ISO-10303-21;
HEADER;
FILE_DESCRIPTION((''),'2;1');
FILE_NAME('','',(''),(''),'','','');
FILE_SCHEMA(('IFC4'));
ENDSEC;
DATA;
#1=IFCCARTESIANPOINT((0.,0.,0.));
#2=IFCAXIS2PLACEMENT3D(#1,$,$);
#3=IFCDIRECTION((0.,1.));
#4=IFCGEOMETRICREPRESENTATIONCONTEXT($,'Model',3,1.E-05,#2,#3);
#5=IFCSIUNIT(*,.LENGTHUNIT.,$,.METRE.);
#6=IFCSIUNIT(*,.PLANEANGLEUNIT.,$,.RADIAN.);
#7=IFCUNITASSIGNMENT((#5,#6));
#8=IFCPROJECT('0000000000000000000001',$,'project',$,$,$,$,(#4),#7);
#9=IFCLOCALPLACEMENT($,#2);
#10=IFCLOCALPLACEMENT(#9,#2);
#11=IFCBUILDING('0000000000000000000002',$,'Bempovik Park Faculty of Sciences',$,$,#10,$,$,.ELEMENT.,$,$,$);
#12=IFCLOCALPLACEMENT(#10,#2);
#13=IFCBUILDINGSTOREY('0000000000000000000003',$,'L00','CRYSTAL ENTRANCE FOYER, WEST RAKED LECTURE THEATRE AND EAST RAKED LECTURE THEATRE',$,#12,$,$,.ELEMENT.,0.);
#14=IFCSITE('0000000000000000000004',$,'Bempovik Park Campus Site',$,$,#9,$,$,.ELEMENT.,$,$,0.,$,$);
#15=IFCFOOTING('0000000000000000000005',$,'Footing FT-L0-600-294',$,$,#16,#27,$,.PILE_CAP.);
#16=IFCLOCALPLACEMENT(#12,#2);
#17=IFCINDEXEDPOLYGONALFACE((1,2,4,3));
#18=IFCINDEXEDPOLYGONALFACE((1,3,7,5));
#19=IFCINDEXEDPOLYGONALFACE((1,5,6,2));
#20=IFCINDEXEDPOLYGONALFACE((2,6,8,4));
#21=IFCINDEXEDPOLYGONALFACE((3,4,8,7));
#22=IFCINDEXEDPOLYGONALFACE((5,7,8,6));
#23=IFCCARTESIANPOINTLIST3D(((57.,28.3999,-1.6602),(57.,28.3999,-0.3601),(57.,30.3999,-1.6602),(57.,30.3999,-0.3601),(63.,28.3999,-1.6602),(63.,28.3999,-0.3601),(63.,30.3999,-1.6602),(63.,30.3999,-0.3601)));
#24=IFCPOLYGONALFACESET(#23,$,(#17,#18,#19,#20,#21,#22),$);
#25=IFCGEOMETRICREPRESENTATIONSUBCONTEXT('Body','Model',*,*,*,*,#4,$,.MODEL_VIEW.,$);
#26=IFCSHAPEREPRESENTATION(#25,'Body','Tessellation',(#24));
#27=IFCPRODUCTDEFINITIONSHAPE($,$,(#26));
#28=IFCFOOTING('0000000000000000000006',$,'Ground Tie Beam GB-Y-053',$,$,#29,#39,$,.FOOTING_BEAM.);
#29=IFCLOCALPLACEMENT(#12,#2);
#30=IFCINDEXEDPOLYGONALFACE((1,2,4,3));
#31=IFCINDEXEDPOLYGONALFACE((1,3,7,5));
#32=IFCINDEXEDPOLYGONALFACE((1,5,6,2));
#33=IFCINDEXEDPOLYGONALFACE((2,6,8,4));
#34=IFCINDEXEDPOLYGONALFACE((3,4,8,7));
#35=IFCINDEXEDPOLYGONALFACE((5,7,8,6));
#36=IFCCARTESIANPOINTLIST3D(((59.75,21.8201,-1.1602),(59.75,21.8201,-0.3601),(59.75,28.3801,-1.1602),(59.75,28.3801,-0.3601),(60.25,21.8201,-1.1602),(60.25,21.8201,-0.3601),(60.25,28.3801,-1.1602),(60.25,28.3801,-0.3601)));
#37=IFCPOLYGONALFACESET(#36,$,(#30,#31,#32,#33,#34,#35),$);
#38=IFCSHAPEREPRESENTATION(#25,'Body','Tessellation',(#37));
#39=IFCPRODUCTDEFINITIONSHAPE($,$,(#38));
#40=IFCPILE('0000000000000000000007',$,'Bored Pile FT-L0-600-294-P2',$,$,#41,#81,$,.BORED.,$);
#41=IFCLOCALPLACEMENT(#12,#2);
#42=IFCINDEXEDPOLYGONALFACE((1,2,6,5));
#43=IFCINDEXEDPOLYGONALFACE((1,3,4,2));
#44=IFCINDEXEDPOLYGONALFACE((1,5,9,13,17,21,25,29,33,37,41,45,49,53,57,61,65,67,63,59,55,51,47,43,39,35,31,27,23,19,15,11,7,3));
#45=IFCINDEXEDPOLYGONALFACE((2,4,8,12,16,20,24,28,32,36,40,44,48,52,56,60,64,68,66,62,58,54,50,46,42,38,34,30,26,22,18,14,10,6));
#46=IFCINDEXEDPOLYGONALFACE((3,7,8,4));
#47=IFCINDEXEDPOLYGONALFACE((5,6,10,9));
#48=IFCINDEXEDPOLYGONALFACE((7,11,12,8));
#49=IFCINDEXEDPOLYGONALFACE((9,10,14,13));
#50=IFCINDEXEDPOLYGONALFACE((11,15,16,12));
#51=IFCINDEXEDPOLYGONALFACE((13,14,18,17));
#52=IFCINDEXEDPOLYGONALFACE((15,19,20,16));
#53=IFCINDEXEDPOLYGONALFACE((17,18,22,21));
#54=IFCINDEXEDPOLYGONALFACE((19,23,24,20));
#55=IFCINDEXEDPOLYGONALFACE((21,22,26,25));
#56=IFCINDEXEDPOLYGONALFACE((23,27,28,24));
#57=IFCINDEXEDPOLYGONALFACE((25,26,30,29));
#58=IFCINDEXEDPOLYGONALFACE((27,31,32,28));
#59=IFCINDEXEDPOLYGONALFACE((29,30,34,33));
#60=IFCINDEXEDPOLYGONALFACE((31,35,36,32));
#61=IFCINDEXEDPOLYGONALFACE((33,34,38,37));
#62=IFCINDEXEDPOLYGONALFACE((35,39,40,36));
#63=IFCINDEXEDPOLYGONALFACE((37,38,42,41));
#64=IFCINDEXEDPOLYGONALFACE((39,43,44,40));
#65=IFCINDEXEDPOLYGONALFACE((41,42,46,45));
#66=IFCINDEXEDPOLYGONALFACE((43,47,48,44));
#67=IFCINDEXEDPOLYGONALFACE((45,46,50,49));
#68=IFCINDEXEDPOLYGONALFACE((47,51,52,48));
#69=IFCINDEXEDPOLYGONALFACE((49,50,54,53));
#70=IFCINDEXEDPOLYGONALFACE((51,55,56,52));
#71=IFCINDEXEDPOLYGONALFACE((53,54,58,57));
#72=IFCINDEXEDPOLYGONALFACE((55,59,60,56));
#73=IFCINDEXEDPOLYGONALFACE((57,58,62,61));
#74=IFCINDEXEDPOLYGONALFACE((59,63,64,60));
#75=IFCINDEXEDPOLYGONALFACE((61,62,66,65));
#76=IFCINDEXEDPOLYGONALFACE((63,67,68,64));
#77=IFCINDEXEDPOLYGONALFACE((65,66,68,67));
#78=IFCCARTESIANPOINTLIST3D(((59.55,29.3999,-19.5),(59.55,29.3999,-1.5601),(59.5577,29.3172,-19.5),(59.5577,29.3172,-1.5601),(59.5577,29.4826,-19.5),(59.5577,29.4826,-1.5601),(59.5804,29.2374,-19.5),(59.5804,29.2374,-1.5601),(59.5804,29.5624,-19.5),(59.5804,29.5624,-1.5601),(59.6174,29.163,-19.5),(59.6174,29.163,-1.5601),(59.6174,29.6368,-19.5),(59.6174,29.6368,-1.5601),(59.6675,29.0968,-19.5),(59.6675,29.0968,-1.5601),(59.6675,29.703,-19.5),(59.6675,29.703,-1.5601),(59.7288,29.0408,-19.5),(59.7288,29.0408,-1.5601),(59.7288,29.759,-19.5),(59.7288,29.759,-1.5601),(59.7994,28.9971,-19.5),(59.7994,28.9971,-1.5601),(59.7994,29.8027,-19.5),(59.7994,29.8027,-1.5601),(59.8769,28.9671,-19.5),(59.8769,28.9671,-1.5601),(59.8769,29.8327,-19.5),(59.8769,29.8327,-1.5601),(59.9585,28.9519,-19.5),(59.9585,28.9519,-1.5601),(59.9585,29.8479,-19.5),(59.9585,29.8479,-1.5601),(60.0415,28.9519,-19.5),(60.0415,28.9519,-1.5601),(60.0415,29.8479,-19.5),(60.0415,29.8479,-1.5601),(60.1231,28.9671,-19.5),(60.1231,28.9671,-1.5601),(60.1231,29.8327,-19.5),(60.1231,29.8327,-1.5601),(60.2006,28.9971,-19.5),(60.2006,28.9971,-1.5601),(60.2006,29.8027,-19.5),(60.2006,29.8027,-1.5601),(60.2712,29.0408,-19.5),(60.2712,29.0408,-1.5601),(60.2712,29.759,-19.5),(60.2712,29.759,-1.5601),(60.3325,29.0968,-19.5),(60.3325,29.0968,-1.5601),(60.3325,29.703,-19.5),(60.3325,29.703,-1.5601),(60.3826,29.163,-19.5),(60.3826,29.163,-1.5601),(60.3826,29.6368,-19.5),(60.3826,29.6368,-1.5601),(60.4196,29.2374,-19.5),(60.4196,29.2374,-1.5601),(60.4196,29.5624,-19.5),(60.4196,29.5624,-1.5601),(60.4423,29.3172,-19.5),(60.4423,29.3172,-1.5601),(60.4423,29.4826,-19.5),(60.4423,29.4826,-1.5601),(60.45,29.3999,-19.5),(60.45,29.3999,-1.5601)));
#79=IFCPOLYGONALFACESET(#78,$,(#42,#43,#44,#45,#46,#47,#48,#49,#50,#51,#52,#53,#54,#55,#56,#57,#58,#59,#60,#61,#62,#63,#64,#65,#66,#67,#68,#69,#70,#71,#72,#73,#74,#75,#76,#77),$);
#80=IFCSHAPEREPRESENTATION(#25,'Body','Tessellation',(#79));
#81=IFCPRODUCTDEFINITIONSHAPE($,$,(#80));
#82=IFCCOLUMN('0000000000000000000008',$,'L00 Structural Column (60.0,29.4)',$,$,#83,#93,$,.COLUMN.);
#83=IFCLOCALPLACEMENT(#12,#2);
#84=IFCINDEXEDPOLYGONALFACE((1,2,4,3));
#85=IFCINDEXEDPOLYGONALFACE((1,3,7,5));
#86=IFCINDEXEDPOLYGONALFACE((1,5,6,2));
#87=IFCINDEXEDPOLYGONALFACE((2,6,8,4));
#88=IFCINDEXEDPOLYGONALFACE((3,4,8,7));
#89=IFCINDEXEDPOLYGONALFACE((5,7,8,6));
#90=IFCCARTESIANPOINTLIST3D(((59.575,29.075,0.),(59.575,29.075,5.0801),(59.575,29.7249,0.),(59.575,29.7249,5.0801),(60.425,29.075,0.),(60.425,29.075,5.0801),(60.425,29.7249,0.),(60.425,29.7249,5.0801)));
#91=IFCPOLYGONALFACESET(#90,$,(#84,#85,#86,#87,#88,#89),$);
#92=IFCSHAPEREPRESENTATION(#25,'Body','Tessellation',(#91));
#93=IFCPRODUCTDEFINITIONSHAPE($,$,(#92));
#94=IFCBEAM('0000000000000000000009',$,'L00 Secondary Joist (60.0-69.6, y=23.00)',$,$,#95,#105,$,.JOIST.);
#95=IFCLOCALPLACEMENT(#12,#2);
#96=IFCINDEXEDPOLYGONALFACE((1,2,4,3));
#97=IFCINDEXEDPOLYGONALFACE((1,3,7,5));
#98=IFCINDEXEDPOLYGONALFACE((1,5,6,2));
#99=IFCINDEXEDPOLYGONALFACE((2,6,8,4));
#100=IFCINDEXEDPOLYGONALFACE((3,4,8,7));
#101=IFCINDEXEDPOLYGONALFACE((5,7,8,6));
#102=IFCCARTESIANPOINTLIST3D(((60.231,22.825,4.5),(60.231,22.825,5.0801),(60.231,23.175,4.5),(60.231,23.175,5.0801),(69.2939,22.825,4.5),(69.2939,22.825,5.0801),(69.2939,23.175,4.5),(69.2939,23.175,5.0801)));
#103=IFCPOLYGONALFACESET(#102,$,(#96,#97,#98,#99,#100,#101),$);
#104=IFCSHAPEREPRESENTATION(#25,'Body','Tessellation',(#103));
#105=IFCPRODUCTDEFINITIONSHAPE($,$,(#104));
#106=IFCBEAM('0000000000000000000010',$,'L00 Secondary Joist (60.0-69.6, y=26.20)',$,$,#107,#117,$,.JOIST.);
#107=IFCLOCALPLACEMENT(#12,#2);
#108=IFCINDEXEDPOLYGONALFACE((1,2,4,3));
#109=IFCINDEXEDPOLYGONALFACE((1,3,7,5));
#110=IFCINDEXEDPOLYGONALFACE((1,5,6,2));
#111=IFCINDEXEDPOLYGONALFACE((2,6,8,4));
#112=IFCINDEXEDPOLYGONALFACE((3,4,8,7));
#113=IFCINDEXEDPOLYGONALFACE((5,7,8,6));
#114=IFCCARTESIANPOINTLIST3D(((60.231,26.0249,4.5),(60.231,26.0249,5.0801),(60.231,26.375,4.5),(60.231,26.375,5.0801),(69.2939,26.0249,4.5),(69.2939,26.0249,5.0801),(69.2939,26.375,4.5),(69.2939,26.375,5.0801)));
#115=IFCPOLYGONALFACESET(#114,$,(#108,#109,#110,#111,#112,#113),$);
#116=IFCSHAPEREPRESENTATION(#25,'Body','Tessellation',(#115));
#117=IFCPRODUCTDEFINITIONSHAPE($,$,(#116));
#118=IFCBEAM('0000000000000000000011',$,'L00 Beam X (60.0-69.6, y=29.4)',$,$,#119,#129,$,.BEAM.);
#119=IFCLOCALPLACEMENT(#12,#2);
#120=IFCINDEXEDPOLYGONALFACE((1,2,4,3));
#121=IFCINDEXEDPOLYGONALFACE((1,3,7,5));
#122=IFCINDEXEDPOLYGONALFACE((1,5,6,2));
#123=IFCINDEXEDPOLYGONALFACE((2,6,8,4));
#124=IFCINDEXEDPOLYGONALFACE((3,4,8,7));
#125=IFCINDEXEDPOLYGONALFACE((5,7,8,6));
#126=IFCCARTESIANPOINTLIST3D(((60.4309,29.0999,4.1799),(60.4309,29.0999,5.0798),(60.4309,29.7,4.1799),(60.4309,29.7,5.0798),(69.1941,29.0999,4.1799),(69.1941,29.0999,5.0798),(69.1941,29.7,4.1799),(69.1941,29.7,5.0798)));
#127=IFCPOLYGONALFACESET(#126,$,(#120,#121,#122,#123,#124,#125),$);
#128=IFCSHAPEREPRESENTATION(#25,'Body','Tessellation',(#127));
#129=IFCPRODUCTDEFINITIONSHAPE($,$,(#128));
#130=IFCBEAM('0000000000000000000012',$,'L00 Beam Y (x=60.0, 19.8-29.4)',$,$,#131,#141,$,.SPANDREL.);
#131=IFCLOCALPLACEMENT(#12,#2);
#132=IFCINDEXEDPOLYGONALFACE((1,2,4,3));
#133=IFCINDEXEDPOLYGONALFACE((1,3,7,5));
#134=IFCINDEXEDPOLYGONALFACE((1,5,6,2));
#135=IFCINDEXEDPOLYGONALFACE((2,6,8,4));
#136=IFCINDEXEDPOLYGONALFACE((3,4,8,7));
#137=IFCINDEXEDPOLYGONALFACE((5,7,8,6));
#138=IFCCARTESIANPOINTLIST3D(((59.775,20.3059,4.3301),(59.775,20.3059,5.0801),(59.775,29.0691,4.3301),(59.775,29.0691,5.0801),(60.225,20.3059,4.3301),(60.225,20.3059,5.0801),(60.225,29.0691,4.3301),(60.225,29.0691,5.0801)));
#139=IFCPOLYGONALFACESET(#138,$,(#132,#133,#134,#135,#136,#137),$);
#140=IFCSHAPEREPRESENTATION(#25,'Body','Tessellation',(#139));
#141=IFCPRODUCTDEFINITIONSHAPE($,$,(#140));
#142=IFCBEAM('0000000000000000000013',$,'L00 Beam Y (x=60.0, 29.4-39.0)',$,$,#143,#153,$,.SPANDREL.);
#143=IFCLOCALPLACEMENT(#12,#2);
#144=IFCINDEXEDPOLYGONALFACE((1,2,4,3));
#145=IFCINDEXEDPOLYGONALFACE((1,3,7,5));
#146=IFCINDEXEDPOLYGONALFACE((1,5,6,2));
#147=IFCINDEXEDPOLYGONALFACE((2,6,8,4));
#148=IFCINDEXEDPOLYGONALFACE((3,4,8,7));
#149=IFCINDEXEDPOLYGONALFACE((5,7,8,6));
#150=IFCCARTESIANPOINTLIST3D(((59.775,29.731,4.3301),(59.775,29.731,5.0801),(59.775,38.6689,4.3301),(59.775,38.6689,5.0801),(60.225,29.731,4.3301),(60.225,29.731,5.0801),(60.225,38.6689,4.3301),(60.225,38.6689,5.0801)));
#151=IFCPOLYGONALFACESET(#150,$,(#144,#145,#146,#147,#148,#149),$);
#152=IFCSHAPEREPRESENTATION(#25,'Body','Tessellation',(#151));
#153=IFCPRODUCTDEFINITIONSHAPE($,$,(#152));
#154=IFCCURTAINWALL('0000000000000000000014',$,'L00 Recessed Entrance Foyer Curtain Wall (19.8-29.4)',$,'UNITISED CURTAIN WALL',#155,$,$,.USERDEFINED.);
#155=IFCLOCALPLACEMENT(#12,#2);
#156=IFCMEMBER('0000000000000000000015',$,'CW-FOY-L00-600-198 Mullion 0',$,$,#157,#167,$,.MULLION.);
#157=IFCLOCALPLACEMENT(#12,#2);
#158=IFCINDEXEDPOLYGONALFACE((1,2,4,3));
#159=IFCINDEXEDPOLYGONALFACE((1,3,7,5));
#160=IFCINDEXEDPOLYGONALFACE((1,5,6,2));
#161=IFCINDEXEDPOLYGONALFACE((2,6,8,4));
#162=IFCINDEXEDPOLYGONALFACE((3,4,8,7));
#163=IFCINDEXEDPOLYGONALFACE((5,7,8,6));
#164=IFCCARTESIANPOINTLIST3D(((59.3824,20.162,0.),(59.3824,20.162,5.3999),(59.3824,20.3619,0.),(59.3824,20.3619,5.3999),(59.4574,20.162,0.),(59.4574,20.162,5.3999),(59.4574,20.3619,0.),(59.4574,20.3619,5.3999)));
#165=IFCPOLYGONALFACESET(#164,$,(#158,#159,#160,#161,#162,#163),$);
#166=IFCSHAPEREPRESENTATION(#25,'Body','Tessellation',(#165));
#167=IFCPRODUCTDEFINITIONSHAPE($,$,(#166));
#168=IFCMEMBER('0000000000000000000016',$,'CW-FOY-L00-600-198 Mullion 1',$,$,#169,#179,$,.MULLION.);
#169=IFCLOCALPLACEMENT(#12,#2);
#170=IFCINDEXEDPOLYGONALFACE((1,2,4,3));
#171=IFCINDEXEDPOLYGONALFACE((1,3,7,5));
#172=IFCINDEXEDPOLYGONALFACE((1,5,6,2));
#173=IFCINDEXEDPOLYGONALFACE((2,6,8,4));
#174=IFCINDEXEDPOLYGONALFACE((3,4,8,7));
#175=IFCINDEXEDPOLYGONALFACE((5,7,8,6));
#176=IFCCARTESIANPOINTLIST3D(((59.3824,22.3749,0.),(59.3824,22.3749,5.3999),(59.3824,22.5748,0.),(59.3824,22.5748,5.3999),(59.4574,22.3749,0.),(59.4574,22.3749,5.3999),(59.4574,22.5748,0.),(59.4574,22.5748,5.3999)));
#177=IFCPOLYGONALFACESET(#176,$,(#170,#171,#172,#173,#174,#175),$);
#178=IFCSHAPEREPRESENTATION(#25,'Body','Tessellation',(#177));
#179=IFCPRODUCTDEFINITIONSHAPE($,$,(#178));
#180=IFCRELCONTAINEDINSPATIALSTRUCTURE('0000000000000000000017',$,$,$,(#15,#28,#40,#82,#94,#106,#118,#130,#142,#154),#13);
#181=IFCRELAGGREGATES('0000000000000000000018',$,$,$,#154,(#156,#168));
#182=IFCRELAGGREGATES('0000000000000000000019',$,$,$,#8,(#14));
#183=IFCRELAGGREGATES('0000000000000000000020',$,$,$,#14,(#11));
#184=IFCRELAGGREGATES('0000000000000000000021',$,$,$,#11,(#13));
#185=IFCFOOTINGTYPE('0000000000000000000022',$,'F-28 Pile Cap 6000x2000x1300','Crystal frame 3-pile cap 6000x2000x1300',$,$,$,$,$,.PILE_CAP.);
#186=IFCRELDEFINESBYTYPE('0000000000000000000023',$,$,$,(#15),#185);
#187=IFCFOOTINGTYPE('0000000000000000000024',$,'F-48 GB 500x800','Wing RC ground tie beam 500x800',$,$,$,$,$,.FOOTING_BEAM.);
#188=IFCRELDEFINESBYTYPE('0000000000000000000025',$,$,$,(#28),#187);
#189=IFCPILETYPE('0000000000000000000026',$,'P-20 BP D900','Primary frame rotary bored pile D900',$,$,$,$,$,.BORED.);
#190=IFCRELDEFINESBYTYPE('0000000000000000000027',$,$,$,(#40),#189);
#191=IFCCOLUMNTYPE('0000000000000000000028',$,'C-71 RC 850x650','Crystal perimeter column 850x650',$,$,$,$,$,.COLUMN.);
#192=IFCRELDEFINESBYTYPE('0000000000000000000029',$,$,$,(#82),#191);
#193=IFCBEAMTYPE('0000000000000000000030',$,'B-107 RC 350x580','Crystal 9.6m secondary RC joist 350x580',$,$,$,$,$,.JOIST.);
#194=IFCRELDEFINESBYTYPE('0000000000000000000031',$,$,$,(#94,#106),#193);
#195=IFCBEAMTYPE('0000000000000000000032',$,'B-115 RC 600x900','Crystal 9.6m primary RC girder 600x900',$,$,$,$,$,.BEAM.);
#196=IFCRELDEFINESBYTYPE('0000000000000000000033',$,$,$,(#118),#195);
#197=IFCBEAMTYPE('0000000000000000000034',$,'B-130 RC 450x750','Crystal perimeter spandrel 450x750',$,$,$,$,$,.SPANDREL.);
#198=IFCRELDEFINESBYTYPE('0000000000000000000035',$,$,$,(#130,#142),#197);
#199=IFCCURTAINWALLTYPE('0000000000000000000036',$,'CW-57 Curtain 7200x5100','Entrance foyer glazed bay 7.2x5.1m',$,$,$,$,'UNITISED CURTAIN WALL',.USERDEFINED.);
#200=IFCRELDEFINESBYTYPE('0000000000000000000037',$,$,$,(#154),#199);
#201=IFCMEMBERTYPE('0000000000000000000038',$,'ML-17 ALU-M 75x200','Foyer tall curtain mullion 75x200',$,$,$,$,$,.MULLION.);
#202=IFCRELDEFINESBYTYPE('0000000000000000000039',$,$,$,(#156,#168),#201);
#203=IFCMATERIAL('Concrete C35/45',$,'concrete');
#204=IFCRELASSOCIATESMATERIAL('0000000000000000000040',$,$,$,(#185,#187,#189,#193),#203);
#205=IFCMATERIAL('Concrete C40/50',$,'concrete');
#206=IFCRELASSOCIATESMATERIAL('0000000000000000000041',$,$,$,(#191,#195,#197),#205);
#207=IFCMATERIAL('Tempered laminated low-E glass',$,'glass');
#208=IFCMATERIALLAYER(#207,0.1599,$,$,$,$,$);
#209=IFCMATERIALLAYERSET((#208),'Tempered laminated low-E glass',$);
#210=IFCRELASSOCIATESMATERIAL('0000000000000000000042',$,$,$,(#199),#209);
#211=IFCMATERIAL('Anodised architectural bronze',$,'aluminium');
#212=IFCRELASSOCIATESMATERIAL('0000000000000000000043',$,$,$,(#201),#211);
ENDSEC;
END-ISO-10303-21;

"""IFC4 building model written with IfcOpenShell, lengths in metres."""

from ifc_helpers import new_model, si_unit, direction, frame, origin, origin_2d, place, context, subcontext, project, spatial, rectangle, circle, extrude, material, layer, layer_set, material_profile, profile_set, type_object, element, aggregate, save


model = new_model("IFC4")

# Units and contexts
model_context = context("Model", 3, precision=1e-05, world=origin(), true_north=direction((0.0, 1.0)))
body_context = subcontext(model_context, "Body", "Model", "MODEL_VIEW")
ifc_project = project(units=[si_unit("LENGTHUNIT", "METRE"), si_unit("PLANEANGLEUNIT", "RADIAN")], contexts=[model_context])

# Site, building, storey
site_placement = place(None, origin())
site = spatial("IfcSite", under=ifc_project, at=site_placement, Name="Bempovik Park Campus Site", CompositionType="ELEMENT", RefElevation=0.0)
building_placement = place(site_placement, origin())
building = spatial("IfcBuilding", under=site, at=building_placement, Name="Bempovik Park Faculty of Sciences", CompositionType="ELEMENT")
storey_placement = place(building_placement, origin())
storey = spatial("IfcBuildingStorey", under=building, at=storey_placement, Name="L00", Description="CRYSTAL ENTRANCE FOYER, WEST RAKED LECTURE THEATRE AND EAST RAKED LECTURE THEATRE", CompositionType="ELEMENT", Elevation=0.0)

# Footings
ifc_material_1 = material(Name="Concrete C35/45", Category="concrete")
footing_type_1 = type_object("IfcFootingType", Name="F-28 Pile Cap 6000x2000x1300", Description="Crystal frame 3-pile cap 6000x2000x1300", PredefinedType="PILE_CAP", material=ifc_material_1)
footing_1_placement = place(storey_placement, frame((60.0, 29.3999, -1.6602), z_axis=(0.0, 0.0, 1.0), x_axis=(1.0, 0.0, 0.0)))
element("IfcFooting", 1, at=footing_1_placement, inside=storey, type_object=footing_type_1, Name="Footing FT-L0-600-294", PredefinedType="PILE_CAP", context=body_context, shape_type="SweptSolid", body=[
    extrude(rectangle(XDim=6.0, YDim=2.0, at=origin_2d()), origin(), (0.0, 0.0, 1.0), 1.3),
])
footing_type_2 = type_object("IfcFootingType", Name="F-48 GB 500x800", Description="Wing RC ground tie beam 500x800", PredefinedType="FOOTING_BEAM", material=ifc_material_1)
footing_2_placement = place(storey_placement, frame((60.0, 25.1001, -1.1602), z_axis=(0.0, 0.0, 1.0), x_axis=(1.0, 0.0, 0.0)))
element("IfcFooting", 2, at=footing_2_placement, inside=storey, type_object=footing_type_2, Name="Ground Tie Beam GB-Y-053", PredefinedType="FOOTING_BEAM", context=body_context, shape_type="SweptSolid", body=[
    extrude(rectangle(XDim=0.5, YDim=6.5601, at=origin_2d()), origin(), (0.0, 0.0, 1.0), 0.8),
])

# Pile
ifc_material_profile_1 = material_profile(ifc_material_1, circle(Radius=0.45, at=origin_2d()), Name="BP D900")
ifc_profile_set_1 = profile_set([ifc_material_profile_1], Name="Concrete C35/45")
pile_type = type_object("IfcPileType", Name="P-20 BP D900", Description="Primary frame rotary bored pile D900", PredefinedType="BORED", material=ifc_profile_set_1)
pile_placement = place(storey_placement, frame((60.0, 29.3999, -1.5601), z_axis=(0.0, 0.0, -1.0), x_axis=(1.0, 0.0, 0.0)))
element("IfcPile", 3, at=pile_placement, inside=storey, type_object=pile_type, Name="Bored Pile FT-L0-600-294-P2", PredefinedType="BORED", context=body_context, shape_type="SweptSolid", body=[
    extrude(circle(Radius=0.45, at=origin_2d()), origin(), (0.0, 0.0, 1.0), 17.9399),
])

# Column
ifc_material_2 = material(Name="Concrete C40/50", Category="concrete")
ifc_material_profile_2 = material_profile(ifc_material_2, rectangle(XDim=0.8501, YDim=0.6499, at=origin_2d()), Name="RC 850x650")
ifc_profile_set_2 = profile_set([ifc_material_profile_2], Name="Concrete C40/50")
column_type = type_object("IfcColumnType", Name="C-71 RC 850x650", Description="Crystal perimeter column 850x650", PredefinedType="COLUMN", material=ifc_profile_set_2)
column_placement = place(storey_placement, frame((60.0, 29.3999, 0.0), z_axis=(0.0, 0.0, 1.0), x_axis=(1.0, 0.0, 0.0)))
element("IfcColumn", 4, at=column_placement, inside=storey, type_object=column_type, Name="L00 Structural Column (60.0,29.4)", PredefinedType="COLUMN", context=body_context, shape_type="SweptSolid", body=[
    extrude(rectangle(XDim=0.8501, YDim=0.6499, at=origin_2d()), origin(), (0.0, 0.0, 1.0), 5.0801),
])

# Beams
ifc_material_profile_3 = material_profile(ifc_material_1, rectangle(XDim=0.3501, YDim=0.5801, at=origin_2d()), Name="RC 350x580")
ifc_profile_set_3 = profile_set([ifc_material_profile_3], Name="Concrete C35/45")
beam_type_1 = type_object("IfcBeamType", Name="B-107 RC 350x580", Description="Crystal 9.6m secondary RC joist 350x580", PredefinedType="JOIST", material=ifc_profile_set_3)
for number, where, z_axis, x_axis, name in (
    (5, (60.231, 23.0, 4.79), (1.0, 0.0, 0.0), (0.0, 1.0, 0.0), "L00 Secondary Joist (60.0-69.6, y=23.00)"),
    (6, (60.231, 26.2, 4.79), (1.0, 0.0, 0.0), (0.0, 1.0, 0.0), "L00 Secondary Joist (60.0-69.6, y=26.20)"),
):
    element("IfcBeam", number, at=place(storey_placement, frame(where, z_axis=z_axis, x_axis=x_axis)), inside=storey, type_object=beam_type_1, Name=name, PredefinedType="JOIST", context=body_context, shape_type="SweptSolid", body=[
        extrude(rectangle(XDim=0.3501, YDim=0.5801, at=origin_2d()), origin(), (0.0, 0.0, 1.0), 9.063),
    ])
ifc_material_profile_4 = material_profile(ifc_material_2, rectangle(XDim=0.6001, YDim=0.8999, at=origin_2d()), Name="RC 600x900")
ifc_profile_set_4 = profile_set([ifc_material_profile_4], Name="Concrete C40/50")
beam_type_2 = type_object("IfcBeamType", Name="B-115 RC 600x900", Description="Crystal 9.6m primary RC girder 600x900", PredefinedType="BEAM", material=ifc_profile_set_4)
beam_1_placement = place(storey_placement, frame((60.4309, 29.3999, 4.6299), z_axis=(1.0, 0.0, 0.0), x_axis=(0.0, 1.0, 0.0)))
element("IfcBeam", 7, at=beam_1_placement, inside=storey, type_object=beam_type_2, Name="L00 Beam X (60.0-69.6, y=29.4)", PredefinedType="BEAM", context=body_context, shape_type="SweptSolid", body=[
    extrude(rectangle(XDim=0.6001, YDim=0.8999, at=origin_2d()), origin(), (0.0, 0.0, 1.0), 8.7632),
])
ifc_material_profile_5 = material_profile(ifc_material_2, rectangle(XDim=0.45, YDim=0.75, at=origin_2d()), Name="RC 450x750")
ifc_profile_set_5 = profile_set([ifc_material_profile_5], Name="Concrete C40/50")
beam_type_3 = type_object("IfcBeamType", Name="B-130 RC 450x750", Description="Crystal perimeter spandrel 450x750", PredefinedType="SPANDREL", material=ifc_profile_set_5)
beam_2_placement = place(storey_placement, frame((60.0, 20.3059, 4.7051), z_axis=(0.0, 1.0, 0.0), x_axis=(-1.0, 0.0, 0.0)))
element("IfcBeam", 8, at=beam_2_placement, inside=storey, type_object=beam_type_3, Name="L00 Beam Y (x=60.0, 19.8-29.4)", PredefinedType="SPANDREL", context=body_context, shape_type="SweptSolid", body=[
    extrude(rectangle(XDim=0.45, YDim=0.75, at=origin_2d()), origin(), (0.0, 0.0, 1.0), 8.7632),
])
beam_3_placement = place(storey_placement, frame((60.0, 29.731, 4.7051), z_axis=(0.0, 1.0, 0.0), x_axis=(-1.0, 0.0, 0.0)))
element("IfcBeam", 9, at=beam_3_placement, inside=storey, type_object=beam_type_3, Name="L00 Beam Y (x=60.0, 29.4-39.0)", PredefinedType="SPANDREL", context=body_context, shape_type="SweptSolid", body=[
    extrude(rectangle(XDim=0.45, YDim=0.75, at=origin_2d()), origin(), (0.0, 0.0, 1.0), 8.938),
])

# Curtain wall, members
ifc_material_3 = material(Name="Tempered laminated low-E glass", Category="glass")
ifc_layer_1 = layer(ifc_material_3, 0.1599)
ifc_layer_set_1 = layer_set([ifc_layer_1], Name="Tempered laminated low-E glass")
curtain_wall_type = type_object("IfcCurtainWallType", Name="CW-57 Curtain 7200x5100", Description="Entrance foyer glazed bay 7.2x5.1m", ElementType="UNITISED CURTAIN WALL", PredefinedType="USERDEFINED", material=ifc_layer_set_1)
curtain_wall_1_placement = place(storey_placement, origin())
curtain_wall_1 = element("IfcCurtainWall", 10, at=curtain_wall_1_placement, inside=storey, type_object=curtain_wall_type, Name="L00 Recessed Entrance Foyer Curtain Wall (19.8-29.4)", ObjectType="UNITISED CURTAIN WALL", PredefinedType="USERDEFINED")
ifc_material_4 = material(Name="Anodised architectural bronze", Category="aluminium")
ifc_material_profile_6 = material_profile(ifc_material_4, rectangle(XDim=0.075, YDim=0.2, at=origin_2d()), Name="ALU-M 75x200")
ifc_profile_set_6 = profile_set([ifc_material_profile_6], Name="Anodised architectural bronze")
member_type_1 = type_object("IfcMemberType", Name="ML-17 ALU-M 75x200", Description="Foyer tall curtain mullion 75x200", PredefinedType="MULLION", material=ifc_profile_set_6)
member_1_placement = place(storey_placement, frame((59.4199, 20.262, 0.0), z_axis=(0.0, 0.0, 1.0), x_axis=(1.0, 0.0, 0.0)))
member_1 = element("IfcMember", 11, at=member_1_placement, type_object=member_type_1, Name="CW-FOY-L00-600-198 Mullion 0", PredefinedType="MULLION", context=body_context, shape_type="SweptSolid", body=[
    extrude(rectangle(XDim=0.075, YDim=0.2, at=origin_2d()), origin(), (0.0, 0.0, 1.0), 5.3999),
])
member_2_placement = place(storey_placement, frame((59.4199, 22.4749, 0.0), z_axis=(0.0, 0.0, 1.0), x_axis=(1.0, 0.0, 0.0)))
member_2 = element("IfcMember", 12, at=member_2_placement, type_object=member_type_1, Name="CW-FOY-L00-600-198 Mullion 1", PredefinedType="MULLION", context=body_context, shape_type="SweptSolid", body=[
    extrude(rectangle(XDim=0.075, YDim=0.2, at=origin_2d()), origin(), (0.0, 0.0, 1.0), 5.3999),
])

aggregate(curtain_wall_1, [member_1, member_2])

save(model, "model.ifc")
